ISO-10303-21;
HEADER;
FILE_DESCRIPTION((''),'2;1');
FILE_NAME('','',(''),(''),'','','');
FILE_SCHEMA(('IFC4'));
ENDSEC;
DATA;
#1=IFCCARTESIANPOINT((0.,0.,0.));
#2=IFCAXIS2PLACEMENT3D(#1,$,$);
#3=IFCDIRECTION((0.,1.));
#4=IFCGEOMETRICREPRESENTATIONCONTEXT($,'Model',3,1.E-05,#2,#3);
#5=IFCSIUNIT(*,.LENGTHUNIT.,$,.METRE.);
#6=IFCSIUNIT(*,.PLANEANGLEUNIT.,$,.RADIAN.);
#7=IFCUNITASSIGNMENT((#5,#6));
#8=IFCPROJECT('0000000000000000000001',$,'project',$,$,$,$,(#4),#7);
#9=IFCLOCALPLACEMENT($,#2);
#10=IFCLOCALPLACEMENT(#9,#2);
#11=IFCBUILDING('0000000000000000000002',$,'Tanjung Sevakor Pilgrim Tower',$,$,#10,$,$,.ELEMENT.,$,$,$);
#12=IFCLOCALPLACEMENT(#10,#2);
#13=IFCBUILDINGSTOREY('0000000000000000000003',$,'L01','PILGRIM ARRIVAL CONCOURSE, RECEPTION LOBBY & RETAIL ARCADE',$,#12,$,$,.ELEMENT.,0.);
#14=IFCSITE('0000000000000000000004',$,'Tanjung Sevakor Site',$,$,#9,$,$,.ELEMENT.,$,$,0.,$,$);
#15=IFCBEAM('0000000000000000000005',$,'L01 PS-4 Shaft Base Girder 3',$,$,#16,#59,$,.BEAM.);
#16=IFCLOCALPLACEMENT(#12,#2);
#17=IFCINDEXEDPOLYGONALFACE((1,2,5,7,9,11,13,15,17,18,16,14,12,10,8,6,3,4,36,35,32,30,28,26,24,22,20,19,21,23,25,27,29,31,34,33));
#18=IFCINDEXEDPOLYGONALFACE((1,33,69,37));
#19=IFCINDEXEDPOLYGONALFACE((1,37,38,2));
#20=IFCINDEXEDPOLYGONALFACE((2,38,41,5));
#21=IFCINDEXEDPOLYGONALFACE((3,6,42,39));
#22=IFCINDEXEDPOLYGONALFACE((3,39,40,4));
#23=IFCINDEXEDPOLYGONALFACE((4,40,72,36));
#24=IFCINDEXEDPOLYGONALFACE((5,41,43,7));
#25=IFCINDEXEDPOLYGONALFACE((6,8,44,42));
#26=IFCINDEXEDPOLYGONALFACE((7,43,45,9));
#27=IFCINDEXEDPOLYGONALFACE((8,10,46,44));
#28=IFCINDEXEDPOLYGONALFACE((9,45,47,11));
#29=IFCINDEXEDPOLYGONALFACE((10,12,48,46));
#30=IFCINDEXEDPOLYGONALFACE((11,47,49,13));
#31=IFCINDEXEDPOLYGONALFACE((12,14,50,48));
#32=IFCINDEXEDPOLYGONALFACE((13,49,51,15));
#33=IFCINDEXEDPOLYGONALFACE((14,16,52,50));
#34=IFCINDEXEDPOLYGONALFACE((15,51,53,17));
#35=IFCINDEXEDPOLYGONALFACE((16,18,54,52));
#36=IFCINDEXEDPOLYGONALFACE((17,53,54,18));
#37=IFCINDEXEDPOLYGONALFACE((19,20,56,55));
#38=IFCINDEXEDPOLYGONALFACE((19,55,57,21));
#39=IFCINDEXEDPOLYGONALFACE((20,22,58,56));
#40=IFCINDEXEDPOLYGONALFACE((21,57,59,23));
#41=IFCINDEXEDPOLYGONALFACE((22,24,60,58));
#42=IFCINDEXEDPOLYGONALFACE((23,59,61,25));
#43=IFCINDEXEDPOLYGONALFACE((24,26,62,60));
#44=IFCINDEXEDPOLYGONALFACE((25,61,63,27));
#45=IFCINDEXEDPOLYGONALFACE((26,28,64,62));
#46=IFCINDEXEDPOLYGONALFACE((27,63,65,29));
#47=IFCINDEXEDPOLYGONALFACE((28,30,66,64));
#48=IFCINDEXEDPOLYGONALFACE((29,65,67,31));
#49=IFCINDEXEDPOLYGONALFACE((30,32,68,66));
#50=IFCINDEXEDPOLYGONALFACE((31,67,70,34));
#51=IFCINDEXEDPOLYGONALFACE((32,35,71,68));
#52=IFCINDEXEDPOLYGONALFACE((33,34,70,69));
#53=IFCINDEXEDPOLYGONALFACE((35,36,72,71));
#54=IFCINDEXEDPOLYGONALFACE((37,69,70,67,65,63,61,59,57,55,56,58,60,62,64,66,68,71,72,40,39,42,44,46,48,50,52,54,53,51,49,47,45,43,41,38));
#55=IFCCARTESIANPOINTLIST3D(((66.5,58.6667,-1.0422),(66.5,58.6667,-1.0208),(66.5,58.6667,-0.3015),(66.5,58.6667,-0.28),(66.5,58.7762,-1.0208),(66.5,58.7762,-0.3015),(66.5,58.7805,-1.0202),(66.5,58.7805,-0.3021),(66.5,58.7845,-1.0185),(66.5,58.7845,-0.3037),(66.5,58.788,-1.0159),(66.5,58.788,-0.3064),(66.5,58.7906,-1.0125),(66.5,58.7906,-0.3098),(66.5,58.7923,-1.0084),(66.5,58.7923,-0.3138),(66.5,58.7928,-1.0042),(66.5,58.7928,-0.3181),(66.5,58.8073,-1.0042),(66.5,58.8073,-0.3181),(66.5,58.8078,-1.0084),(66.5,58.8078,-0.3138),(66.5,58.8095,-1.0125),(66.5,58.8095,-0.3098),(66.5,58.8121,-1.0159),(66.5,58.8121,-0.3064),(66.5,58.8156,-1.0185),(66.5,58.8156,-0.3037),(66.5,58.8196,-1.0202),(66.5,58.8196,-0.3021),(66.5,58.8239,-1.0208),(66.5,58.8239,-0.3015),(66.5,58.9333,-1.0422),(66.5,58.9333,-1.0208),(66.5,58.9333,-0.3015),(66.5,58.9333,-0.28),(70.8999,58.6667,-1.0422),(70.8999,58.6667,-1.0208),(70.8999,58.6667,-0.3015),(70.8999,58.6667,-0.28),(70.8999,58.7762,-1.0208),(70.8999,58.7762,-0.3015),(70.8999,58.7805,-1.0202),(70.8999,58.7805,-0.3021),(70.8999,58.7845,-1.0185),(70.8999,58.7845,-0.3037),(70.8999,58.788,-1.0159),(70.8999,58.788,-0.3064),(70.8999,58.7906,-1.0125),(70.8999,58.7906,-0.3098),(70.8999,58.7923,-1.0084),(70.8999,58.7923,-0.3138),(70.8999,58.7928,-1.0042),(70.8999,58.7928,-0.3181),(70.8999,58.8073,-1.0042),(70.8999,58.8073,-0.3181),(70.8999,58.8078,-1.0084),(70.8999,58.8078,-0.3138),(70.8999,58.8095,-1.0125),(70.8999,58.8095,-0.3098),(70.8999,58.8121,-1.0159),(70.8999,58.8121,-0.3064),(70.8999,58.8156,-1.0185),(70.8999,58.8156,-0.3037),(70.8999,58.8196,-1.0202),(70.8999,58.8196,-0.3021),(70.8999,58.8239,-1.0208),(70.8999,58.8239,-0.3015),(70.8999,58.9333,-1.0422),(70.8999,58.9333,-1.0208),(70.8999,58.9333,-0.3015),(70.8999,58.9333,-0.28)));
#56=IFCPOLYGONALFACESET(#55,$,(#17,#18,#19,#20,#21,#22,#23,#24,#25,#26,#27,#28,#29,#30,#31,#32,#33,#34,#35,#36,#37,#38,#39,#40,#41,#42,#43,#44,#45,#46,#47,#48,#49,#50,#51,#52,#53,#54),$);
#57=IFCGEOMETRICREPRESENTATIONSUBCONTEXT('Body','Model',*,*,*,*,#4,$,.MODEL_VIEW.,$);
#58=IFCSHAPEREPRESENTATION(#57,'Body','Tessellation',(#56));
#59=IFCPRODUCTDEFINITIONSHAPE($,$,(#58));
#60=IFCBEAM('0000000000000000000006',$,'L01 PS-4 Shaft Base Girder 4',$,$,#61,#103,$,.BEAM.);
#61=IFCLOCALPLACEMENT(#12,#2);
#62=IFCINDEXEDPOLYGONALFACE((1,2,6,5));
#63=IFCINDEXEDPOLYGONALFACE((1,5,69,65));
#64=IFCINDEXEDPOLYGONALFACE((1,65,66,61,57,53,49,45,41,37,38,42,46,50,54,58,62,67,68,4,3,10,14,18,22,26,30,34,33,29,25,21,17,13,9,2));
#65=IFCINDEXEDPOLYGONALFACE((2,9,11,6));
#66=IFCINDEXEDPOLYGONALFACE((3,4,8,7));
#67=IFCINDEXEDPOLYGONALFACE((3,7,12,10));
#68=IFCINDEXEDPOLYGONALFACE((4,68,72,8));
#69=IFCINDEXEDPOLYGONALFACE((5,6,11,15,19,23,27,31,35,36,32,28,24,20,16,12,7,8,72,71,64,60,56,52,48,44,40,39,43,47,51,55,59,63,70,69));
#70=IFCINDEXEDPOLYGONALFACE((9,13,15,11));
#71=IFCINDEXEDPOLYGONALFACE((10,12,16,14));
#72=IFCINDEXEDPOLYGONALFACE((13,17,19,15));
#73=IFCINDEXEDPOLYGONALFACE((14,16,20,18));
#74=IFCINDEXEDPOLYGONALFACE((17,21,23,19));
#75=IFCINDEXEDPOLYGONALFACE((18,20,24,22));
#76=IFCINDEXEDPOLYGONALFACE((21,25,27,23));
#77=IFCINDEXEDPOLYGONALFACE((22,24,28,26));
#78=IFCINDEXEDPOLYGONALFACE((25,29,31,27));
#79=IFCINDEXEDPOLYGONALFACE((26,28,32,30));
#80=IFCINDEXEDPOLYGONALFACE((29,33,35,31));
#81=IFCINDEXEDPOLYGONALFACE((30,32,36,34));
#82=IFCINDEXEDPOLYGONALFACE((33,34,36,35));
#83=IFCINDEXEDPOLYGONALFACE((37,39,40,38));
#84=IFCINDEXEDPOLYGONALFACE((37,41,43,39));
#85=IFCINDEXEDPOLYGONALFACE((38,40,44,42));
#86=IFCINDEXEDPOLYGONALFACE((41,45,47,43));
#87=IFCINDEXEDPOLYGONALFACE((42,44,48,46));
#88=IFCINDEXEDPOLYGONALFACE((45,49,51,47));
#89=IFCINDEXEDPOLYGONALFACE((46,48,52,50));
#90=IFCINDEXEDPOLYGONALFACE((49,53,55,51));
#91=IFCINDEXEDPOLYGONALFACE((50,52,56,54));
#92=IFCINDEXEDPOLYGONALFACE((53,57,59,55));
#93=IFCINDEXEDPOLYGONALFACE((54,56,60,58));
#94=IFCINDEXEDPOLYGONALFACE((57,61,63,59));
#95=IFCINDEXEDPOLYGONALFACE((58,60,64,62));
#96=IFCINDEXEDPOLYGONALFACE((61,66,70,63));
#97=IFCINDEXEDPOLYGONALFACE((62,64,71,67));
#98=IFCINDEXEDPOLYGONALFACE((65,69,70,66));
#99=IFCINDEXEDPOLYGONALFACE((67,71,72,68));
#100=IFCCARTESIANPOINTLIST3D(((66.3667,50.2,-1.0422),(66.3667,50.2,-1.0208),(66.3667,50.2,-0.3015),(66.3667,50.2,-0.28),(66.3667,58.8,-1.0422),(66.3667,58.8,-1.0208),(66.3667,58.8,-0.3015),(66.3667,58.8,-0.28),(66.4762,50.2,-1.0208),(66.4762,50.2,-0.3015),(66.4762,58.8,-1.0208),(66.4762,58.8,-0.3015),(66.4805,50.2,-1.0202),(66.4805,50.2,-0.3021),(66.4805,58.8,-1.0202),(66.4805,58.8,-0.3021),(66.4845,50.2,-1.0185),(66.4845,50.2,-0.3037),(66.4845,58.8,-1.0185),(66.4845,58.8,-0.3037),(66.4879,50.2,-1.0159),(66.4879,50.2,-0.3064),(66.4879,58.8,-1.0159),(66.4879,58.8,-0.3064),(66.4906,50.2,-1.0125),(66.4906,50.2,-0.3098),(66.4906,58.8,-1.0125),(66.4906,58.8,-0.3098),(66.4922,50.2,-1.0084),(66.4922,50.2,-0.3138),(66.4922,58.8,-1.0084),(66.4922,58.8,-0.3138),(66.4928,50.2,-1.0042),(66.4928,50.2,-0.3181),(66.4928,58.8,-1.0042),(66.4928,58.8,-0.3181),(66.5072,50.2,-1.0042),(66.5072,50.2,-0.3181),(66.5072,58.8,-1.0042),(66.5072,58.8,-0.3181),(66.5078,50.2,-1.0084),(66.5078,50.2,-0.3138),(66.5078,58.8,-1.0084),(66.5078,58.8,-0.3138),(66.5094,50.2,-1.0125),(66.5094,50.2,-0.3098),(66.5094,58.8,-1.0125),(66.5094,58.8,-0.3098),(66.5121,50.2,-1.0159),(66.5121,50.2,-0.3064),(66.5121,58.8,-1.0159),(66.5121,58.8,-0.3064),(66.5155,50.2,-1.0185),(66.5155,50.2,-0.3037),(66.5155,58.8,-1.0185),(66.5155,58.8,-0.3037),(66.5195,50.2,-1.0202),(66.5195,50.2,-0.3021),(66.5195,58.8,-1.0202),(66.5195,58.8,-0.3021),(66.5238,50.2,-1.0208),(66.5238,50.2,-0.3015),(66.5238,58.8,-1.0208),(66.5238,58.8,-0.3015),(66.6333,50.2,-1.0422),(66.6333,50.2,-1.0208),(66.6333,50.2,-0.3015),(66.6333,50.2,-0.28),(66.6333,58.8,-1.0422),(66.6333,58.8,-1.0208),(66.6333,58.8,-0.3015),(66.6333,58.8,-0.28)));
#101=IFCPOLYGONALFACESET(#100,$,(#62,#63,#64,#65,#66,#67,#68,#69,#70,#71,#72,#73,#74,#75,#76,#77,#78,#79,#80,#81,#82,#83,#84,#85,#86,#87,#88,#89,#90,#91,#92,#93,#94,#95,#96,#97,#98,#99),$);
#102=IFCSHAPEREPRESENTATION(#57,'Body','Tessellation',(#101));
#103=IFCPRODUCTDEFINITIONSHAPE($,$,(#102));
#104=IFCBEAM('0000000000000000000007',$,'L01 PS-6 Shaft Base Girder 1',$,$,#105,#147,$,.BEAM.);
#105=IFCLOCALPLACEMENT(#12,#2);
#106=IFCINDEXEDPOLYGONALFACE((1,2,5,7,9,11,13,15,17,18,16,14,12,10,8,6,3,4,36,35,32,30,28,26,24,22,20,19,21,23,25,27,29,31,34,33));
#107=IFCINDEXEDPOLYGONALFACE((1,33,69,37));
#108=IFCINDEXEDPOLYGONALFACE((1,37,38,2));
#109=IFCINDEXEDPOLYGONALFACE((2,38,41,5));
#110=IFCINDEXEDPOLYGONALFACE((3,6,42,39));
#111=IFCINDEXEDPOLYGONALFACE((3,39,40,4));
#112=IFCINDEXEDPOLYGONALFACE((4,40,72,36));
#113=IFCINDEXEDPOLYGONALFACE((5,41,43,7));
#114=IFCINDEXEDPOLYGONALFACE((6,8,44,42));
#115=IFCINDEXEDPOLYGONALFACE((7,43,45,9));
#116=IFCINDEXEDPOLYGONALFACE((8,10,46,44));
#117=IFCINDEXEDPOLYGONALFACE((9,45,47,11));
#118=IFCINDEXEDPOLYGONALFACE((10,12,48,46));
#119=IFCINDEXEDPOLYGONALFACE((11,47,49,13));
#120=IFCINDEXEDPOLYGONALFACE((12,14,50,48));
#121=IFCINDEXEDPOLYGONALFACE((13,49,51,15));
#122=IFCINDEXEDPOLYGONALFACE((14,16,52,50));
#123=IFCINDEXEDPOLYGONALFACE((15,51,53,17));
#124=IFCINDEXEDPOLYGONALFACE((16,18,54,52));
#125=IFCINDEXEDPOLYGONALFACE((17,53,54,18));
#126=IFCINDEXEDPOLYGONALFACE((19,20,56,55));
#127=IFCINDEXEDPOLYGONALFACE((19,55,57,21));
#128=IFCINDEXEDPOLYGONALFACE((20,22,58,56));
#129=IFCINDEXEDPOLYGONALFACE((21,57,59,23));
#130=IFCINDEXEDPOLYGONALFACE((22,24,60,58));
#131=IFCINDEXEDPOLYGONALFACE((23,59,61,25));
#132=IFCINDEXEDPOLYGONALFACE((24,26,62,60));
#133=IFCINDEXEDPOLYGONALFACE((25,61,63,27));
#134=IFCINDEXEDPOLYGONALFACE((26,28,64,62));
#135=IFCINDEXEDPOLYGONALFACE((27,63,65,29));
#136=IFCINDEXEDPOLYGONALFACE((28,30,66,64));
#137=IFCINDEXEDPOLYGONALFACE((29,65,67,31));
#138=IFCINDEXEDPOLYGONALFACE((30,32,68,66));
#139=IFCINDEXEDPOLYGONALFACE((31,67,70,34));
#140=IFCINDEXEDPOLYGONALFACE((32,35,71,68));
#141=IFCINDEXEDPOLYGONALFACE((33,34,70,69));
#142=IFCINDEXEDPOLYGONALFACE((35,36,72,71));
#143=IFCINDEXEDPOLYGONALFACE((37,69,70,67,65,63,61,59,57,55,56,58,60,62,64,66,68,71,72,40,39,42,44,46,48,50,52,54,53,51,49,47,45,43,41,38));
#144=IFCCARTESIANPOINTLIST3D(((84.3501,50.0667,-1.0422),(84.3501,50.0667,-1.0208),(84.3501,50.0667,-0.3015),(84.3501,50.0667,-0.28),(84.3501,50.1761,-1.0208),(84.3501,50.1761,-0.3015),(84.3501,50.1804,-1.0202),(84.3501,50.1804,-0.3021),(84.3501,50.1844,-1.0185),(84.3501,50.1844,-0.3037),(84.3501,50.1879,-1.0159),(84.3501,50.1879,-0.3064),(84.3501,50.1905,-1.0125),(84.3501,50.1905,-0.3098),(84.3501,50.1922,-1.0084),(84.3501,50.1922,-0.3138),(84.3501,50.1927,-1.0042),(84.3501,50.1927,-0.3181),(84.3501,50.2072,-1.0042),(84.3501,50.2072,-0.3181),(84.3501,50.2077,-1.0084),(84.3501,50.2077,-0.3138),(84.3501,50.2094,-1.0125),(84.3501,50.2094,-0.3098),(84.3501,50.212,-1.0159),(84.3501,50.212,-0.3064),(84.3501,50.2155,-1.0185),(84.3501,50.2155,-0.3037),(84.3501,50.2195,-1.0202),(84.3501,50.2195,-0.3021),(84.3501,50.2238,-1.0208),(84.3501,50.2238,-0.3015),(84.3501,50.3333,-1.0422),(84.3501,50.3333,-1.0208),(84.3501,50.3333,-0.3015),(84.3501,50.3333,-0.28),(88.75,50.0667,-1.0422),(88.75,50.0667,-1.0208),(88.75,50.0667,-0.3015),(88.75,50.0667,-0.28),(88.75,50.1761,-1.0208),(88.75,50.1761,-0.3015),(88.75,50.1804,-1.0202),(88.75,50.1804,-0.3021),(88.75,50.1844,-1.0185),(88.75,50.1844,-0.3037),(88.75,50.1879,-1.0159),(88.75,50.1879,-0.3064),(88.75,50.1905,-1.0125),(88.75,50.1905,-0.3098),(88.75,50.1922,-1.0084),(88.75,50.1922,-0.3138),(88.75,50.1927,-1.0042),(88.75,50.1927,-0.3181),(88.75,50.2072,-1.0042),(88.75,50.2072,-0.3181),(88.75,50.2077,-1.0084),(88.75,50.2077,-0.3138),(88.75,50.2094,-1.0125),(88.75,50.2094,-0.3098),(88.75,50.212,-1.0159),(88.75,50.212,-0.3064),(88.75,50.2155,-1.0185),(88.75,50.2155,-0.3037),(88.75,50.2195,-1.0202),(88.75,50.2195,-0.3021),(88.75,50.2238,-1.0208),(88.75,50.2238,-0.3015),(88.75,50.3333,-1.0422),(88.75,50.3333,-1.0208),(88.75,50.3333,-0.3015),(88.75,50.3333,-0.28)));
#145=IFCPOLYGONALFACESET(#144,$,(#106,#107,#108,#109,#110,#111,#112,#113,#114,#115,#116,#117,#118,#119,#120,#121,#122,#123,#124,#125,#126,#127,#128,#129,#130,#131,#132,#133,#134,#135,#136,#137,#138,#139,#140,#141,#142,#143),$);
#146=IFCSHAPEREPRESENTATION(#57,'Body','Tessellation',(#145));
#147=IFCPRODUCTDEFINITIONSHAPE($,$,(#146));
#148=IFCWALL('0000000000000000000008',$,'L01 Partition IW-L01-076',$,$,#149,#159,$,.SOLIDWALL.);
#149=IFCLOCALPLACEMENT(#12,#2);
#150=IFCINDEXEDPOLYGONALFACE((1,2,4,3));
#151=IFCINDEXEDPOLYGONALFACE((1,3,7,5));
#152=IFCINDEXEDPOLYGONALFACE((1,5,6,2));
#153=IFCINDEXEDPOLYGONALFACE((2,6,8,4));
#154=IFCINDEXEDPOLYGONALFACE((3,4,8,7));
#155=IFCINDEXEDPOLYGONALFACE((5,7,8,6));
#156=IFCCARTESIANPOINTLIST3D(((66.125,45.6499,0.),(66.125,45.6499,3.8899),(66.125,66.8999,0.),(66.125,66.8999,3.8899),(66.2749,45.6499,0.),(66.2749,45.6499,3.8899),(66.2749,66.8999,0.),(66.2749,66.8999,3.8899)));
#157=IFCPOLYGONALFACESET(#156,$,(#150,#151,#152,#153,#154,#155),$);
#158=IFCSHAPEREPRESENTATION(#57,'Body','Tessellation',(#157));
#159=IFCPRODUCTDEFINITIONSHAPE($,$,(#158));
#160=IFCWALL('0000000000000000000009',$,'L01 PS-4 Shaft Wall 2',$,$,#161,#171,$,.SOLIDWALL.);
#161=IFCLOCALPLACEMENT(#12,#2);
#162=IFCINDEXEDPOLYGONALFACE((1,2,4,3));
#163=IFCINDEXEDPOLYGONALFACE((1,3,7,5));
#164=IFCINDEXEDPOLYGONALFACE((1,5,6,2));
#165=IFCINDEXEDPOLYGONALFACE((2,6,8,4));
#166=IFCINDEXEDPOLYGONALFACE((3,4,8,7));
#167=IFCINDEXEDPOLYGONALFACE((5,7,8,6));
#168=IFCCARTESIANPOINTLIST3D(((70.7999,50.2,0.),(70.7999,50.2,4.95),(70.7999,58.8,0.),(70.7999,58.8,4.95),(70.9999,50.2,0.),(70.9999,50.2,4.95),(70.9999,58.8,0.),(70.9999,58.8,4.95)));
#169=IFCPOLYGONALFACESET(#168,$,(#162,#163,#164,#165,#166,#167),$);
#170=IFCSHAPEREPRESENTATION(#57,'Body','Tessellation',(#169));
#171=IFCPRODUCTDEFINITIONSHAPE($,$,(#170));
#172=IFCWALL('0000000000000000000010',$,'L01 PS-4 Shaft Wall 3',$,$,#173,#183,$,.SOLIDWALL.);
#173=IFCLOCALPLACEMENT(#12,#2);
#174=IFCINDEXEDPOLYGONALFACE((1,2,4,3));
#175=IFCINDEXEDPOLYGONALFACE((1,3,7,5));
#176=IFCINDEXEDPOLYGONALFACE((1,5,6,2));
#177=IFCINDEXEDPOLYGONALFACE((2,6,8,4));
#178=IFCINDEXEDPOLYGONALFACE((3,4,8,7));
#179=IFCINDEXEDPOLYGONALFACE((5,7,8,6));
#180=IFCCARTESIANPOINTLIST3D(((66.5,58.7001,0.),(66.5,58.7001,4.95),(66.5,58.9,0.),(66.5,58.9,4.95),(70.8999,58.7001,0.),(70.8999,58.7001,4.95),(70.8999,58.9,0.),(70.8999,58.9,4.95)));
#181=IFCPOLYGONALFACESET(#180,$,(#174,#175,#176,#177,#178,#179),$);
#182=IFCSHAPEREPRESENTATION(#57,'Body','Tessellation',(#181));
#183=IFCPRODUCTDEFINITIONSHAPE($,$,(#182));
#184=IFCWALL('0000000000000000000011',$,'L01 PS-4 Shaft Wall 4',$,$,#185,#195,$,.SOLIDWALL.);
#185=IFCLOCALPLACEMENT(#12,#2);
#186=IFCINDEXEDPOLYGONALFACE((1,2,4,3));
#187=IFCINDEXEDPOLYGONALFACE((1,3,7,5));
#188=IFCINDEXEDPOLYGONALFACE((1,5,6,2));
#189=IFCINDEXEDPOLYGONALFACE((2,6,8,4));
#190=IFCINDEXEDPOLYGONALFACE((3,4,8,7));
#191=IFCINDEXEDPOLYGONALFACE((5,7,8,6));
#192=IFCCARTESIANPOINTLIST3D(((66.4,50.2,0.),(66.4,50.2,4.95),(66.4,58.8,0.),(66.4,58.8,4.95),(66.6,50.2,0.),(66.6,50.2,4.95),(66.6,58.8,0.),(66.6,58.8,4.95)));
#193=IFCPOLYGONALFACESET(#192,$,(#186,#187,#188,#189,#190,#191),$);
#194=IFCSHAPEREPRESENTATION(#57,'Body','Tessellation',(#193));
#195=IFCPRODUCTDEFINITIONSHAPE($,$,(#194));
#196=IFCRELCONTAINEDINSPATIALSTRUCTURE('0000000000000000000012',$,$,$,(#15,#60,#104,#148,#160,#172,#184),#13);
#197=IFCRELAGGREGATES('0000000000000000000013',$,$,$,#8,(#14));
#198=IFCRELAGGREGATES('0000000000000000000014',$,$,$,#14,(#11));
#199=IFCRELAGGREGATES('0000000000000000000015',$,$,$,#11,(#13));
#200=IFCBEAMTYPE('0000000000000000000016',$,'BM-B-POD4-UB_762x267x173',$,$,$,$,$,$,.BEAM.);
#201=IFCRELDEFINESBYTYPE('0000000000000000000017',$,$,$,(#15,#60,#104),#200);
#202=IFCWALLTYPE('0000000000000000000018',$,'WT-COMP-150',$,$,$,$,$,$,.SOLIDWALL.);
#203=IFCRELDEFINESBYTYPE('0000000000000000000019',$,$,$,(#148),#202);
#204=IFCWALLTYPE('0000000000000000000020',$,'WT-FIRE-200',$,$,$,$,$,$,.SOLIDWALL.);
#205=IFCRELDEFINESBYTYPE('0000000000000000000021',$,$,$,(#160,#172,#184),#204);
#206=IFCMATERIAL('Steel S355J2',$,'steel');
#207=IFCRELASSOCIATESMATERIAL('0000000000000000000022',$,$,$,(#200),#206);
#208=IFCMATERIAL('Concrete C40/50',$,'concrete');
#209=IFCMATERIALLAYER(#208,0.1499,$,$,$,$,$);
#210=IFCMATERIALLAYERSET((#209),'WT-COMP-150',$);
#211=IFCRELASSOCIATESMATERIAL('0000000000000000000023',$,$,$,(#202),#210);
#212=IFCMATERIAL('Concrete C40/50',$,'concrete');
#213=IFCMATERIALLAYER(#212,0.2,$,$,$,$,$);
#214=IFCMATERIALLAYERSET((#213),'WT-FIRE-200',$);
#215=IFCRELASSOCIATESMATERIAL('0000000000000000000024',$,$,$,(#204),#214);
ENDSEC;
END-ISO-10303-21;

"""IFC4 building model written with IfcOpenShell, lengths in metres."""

from ifc_helpers import new_model, si_unit, direction, frame, frame_2d, origin, origin_2d, place, context, subcontext, project, spatial, rectangle, i_section, extrude, material, layer, layer_set, material_profile, profile_set, type_object, element, save


model = new_model("IFC4")

# Units and contexts
model_context = context("Model", 3, precision=1e-05, world=origin(), true_north=direction((0.0, 1.0)))
body_context = subcontext(model_context, "Body", "Model", "MODEL_VIEW")
ifc_project = project(units=[si_unit("LENGTHUNIT", "METRE"), si_unit("PLANEANGLEUNIT", "RADIAN")], contexts=[model_context])

# Site, building, storey
site_placement = place(None, origin())
site = spatial("IfcSite", under=ifc_project, at=site_placement, Name="Tanjung Sevakor Site", CompositionType="ELEMENT", RefElevation=0.0)
building_placement = place(site_placement, origin())
building = spatial("IfcBuilding", under=site, at=building_placement, Name="Tanjung Sevakor Pilgrim Tower", CompositionType="ELEMENT")
storey_placement = place(building_placement, origin())
storey = spatial("IfcBuildingStorey", under=building, at=storey_placement, Name="L01", Description="PILGRIM ARRIVAL CONCOURSE, RECEPTION LOBBY & RETAIL ARCADE", CompositionType="ELEMENT", Elevation=0.0)

# Beams
ifc_material_1 = material(Name="Steel S355J2", Category="steel")
ifc_material_profile_1 = material_profile(ifc_material_1, i_section(OverallWidth=0.2666, OverallDepth=0.7622, WebThickness=0.0144, FlangeThickness=0.0215, FilletRadius=0.0166, at=origin_2d()))
ifc_profile_set_1 = profile_set([ifc_material_profile_1], Name="Steel S355J2")
beam_type_1 = type_object("IfcBeamType", Name="BM-B-POD4-UB_762x267x173", PredefinedType="BEAM", material=ifc_profile_set_1)
beam_1_placement = place(storey_placement, frame((70.8999, 58.8, -0.6611), z_axis=(-1.0, 0.0, 0.0), x_axis=(0.0, -1.0, 0.0)))
element("IfcBeam", 1, at=beam_1_placement, inside=storey, type_object=beam_type_1, Name="L01 PS-4 Shaft Base Girder 3", PredefinedType="BEAM", context=body_context, shape_type="SweptSolid", body=[
    extrude(i_section(OverallWidth=0.2666, OverallDepth=0.7622, WebThickness=0.0144, FlangeThickness=0.0215, FilletRadius=0.0166, at=origin_2d()), origin(), (0.0, 0.0, 1.0), 4.3999),
])
beam_2_placement = place(storey_placement, frame((66.5, 58.8, -0.6611), z_axis=(0.0, -1.0, 0.0), x_axis=(1.0, 0.0, 0.0)))
element("IfcBeam", 2, at=beam_2_placement, inside=storey, type_object=beam_type_1, Name="L01 PS-4 Shaft Base Girder 4", PredefinedType="BEAM", context=body_context, shape_type="SweptSolid", body=[
    extrude(i_section(OverallWidth=0.2666, OverallDepth=0.7622, WebThickness=0.0144, FlangeThickness=0.0215, FilletRadius=0.0166, at=origin_2d()), origin(), (0.0, 0.0, 1.0), 8.6001),
])
beam_3_placement = place(storey_placement, frame((84.3501, 50.2, -0.6611), z_axis=(1.0, 0.0, 0.0), x_axis=(0.0, 1.0, 0.0)))
element("IfcBeam", 3, at=beam_3_placement, inside=storey, type_object=beam_type_1, Name="L01 PS-6 Shaft Base Girder 1", PredefinedType="BEAM", context=body_context, shape_type="SweptSolid", body=[
    extrude(i_section(OverallWidth=0.2666, OverallDepth=0.7622, WebThickness=0.0144, FlangeThickness=0.0215, FilletRadius=0.0166, at=origin_2d()), origin(), (0.0, 0.0, 1.0), 4.3999),
])

# Wall
ifc_material_2 = material(Name="Concrete C40/50", Category="concrete")
ifc_layer_1 = layer(ifc_material_2, 0.1499)
ifc_layer_set_1 = layer_set([ifc_layer_1], Name="WT-COMP-150")
wall_type_1 = type_object("IfcWallType", Name="WT-COMP-150", PredefinedType="SOLIDWALL", material=ifc_layer_set_1)
wall_1_placement = place(storey_placement, frame((66.2, 45.6499, 0.0), z_axis=(0.0, 0.0, 1.0), x_axis=(0.0, 1.0, 0.0)))
element("IfcWall", 4, at=wall_1_placement, inside=storey, type_object=wall_type_1, Name="L01 Partition IW-L01-076", PredefinedType="SOLIDWALL", context=body_context, shape_type="SweptSolid", body=[
    extrude(rectangle(XDim=21.25, YDim=0.1499, at=frame_2d((10.625, 0.0))), origin(), (0.0, 0.0, 1.0), 3.8899),
])

# Shared definitions
ifc_material_3 = material(Name="Concrete C40/50", Category="concrete")
ifc_layer_2 = layer(ifc_material_3, 0.2)
ifc_layer_set_2 = layer_set([ifc_layer_2], Name="WT-FIRE-200")
wall_type_2 = type_object("IfcWallType", Name="WT-FIRE-200", PredefinedType="SOLIDWALL", material=ifc_layer_set_2)

# Walls
wall_2_placement = place(storey_placement, frame((70.8999, 50.2, 0.0), z_axis=(0.0, 0.0, 1.0), x_axis=(0.0, 1.0, 0.0)))
element("IfcWall", 5, at=wall_2_placement, inside=storey, type_object=wall_type_2, Name="L01 PS-4 Shaft Wall 2", PredefinedType="SOLIDWALL", context=body_context, shape_type="SweptSolid", body=[
    extrude(rectangle(XDim=8.6001, YDim=0.2, at=frame_2d((4.3, 0.0))), origin(), (0.0, 0.0, 1.0), 4.95),
])
wall_3_placement = place(storey_placement, frame((70.8999, 58.8, 0.0), z_axis=(0.0, 0.0, 1.0), x_axis=(-1.0, 0.0, 0.0)))
element("IfcWall", 6, at=wall_3_placement, inside=storey, type_object=wall_type_2, Name="L01 PS-4 Shaft Wall 3", PredefinedType="SOLIDWALL", context=body_context, shape_type="SweptSolid", body=[
    extrude(rectangle(XDim=4.3999, YDim=0.2, at=frame_2d((2.2, 0.0))), origin(), (0.0, 0.0, 1.0), 4.95),
])
wall_4_placement = place(storey_placement, frame((66.5, 58.8, 0.0), z_axis=(0.0, 0.0, 1.0), x_axis=(0.0, -1.0, 0.0)))
element("IfcWall", 7, at=wall_4_placement, inside=storey, type_object=wall_type_2, Name="L01 PS-4 Shaft Wall 4", PredefinedType="SOLIDWALL", context=body_context, shape_type="SweptSolid", body=[
    extrude(rectangle(XDim=8.6001, YDim=0.2, at=frame_2d((4.3, 0.0))), origin(), (0.0, 0.0, 1.0), 4.95),
])

save(model, "model.ifc")
